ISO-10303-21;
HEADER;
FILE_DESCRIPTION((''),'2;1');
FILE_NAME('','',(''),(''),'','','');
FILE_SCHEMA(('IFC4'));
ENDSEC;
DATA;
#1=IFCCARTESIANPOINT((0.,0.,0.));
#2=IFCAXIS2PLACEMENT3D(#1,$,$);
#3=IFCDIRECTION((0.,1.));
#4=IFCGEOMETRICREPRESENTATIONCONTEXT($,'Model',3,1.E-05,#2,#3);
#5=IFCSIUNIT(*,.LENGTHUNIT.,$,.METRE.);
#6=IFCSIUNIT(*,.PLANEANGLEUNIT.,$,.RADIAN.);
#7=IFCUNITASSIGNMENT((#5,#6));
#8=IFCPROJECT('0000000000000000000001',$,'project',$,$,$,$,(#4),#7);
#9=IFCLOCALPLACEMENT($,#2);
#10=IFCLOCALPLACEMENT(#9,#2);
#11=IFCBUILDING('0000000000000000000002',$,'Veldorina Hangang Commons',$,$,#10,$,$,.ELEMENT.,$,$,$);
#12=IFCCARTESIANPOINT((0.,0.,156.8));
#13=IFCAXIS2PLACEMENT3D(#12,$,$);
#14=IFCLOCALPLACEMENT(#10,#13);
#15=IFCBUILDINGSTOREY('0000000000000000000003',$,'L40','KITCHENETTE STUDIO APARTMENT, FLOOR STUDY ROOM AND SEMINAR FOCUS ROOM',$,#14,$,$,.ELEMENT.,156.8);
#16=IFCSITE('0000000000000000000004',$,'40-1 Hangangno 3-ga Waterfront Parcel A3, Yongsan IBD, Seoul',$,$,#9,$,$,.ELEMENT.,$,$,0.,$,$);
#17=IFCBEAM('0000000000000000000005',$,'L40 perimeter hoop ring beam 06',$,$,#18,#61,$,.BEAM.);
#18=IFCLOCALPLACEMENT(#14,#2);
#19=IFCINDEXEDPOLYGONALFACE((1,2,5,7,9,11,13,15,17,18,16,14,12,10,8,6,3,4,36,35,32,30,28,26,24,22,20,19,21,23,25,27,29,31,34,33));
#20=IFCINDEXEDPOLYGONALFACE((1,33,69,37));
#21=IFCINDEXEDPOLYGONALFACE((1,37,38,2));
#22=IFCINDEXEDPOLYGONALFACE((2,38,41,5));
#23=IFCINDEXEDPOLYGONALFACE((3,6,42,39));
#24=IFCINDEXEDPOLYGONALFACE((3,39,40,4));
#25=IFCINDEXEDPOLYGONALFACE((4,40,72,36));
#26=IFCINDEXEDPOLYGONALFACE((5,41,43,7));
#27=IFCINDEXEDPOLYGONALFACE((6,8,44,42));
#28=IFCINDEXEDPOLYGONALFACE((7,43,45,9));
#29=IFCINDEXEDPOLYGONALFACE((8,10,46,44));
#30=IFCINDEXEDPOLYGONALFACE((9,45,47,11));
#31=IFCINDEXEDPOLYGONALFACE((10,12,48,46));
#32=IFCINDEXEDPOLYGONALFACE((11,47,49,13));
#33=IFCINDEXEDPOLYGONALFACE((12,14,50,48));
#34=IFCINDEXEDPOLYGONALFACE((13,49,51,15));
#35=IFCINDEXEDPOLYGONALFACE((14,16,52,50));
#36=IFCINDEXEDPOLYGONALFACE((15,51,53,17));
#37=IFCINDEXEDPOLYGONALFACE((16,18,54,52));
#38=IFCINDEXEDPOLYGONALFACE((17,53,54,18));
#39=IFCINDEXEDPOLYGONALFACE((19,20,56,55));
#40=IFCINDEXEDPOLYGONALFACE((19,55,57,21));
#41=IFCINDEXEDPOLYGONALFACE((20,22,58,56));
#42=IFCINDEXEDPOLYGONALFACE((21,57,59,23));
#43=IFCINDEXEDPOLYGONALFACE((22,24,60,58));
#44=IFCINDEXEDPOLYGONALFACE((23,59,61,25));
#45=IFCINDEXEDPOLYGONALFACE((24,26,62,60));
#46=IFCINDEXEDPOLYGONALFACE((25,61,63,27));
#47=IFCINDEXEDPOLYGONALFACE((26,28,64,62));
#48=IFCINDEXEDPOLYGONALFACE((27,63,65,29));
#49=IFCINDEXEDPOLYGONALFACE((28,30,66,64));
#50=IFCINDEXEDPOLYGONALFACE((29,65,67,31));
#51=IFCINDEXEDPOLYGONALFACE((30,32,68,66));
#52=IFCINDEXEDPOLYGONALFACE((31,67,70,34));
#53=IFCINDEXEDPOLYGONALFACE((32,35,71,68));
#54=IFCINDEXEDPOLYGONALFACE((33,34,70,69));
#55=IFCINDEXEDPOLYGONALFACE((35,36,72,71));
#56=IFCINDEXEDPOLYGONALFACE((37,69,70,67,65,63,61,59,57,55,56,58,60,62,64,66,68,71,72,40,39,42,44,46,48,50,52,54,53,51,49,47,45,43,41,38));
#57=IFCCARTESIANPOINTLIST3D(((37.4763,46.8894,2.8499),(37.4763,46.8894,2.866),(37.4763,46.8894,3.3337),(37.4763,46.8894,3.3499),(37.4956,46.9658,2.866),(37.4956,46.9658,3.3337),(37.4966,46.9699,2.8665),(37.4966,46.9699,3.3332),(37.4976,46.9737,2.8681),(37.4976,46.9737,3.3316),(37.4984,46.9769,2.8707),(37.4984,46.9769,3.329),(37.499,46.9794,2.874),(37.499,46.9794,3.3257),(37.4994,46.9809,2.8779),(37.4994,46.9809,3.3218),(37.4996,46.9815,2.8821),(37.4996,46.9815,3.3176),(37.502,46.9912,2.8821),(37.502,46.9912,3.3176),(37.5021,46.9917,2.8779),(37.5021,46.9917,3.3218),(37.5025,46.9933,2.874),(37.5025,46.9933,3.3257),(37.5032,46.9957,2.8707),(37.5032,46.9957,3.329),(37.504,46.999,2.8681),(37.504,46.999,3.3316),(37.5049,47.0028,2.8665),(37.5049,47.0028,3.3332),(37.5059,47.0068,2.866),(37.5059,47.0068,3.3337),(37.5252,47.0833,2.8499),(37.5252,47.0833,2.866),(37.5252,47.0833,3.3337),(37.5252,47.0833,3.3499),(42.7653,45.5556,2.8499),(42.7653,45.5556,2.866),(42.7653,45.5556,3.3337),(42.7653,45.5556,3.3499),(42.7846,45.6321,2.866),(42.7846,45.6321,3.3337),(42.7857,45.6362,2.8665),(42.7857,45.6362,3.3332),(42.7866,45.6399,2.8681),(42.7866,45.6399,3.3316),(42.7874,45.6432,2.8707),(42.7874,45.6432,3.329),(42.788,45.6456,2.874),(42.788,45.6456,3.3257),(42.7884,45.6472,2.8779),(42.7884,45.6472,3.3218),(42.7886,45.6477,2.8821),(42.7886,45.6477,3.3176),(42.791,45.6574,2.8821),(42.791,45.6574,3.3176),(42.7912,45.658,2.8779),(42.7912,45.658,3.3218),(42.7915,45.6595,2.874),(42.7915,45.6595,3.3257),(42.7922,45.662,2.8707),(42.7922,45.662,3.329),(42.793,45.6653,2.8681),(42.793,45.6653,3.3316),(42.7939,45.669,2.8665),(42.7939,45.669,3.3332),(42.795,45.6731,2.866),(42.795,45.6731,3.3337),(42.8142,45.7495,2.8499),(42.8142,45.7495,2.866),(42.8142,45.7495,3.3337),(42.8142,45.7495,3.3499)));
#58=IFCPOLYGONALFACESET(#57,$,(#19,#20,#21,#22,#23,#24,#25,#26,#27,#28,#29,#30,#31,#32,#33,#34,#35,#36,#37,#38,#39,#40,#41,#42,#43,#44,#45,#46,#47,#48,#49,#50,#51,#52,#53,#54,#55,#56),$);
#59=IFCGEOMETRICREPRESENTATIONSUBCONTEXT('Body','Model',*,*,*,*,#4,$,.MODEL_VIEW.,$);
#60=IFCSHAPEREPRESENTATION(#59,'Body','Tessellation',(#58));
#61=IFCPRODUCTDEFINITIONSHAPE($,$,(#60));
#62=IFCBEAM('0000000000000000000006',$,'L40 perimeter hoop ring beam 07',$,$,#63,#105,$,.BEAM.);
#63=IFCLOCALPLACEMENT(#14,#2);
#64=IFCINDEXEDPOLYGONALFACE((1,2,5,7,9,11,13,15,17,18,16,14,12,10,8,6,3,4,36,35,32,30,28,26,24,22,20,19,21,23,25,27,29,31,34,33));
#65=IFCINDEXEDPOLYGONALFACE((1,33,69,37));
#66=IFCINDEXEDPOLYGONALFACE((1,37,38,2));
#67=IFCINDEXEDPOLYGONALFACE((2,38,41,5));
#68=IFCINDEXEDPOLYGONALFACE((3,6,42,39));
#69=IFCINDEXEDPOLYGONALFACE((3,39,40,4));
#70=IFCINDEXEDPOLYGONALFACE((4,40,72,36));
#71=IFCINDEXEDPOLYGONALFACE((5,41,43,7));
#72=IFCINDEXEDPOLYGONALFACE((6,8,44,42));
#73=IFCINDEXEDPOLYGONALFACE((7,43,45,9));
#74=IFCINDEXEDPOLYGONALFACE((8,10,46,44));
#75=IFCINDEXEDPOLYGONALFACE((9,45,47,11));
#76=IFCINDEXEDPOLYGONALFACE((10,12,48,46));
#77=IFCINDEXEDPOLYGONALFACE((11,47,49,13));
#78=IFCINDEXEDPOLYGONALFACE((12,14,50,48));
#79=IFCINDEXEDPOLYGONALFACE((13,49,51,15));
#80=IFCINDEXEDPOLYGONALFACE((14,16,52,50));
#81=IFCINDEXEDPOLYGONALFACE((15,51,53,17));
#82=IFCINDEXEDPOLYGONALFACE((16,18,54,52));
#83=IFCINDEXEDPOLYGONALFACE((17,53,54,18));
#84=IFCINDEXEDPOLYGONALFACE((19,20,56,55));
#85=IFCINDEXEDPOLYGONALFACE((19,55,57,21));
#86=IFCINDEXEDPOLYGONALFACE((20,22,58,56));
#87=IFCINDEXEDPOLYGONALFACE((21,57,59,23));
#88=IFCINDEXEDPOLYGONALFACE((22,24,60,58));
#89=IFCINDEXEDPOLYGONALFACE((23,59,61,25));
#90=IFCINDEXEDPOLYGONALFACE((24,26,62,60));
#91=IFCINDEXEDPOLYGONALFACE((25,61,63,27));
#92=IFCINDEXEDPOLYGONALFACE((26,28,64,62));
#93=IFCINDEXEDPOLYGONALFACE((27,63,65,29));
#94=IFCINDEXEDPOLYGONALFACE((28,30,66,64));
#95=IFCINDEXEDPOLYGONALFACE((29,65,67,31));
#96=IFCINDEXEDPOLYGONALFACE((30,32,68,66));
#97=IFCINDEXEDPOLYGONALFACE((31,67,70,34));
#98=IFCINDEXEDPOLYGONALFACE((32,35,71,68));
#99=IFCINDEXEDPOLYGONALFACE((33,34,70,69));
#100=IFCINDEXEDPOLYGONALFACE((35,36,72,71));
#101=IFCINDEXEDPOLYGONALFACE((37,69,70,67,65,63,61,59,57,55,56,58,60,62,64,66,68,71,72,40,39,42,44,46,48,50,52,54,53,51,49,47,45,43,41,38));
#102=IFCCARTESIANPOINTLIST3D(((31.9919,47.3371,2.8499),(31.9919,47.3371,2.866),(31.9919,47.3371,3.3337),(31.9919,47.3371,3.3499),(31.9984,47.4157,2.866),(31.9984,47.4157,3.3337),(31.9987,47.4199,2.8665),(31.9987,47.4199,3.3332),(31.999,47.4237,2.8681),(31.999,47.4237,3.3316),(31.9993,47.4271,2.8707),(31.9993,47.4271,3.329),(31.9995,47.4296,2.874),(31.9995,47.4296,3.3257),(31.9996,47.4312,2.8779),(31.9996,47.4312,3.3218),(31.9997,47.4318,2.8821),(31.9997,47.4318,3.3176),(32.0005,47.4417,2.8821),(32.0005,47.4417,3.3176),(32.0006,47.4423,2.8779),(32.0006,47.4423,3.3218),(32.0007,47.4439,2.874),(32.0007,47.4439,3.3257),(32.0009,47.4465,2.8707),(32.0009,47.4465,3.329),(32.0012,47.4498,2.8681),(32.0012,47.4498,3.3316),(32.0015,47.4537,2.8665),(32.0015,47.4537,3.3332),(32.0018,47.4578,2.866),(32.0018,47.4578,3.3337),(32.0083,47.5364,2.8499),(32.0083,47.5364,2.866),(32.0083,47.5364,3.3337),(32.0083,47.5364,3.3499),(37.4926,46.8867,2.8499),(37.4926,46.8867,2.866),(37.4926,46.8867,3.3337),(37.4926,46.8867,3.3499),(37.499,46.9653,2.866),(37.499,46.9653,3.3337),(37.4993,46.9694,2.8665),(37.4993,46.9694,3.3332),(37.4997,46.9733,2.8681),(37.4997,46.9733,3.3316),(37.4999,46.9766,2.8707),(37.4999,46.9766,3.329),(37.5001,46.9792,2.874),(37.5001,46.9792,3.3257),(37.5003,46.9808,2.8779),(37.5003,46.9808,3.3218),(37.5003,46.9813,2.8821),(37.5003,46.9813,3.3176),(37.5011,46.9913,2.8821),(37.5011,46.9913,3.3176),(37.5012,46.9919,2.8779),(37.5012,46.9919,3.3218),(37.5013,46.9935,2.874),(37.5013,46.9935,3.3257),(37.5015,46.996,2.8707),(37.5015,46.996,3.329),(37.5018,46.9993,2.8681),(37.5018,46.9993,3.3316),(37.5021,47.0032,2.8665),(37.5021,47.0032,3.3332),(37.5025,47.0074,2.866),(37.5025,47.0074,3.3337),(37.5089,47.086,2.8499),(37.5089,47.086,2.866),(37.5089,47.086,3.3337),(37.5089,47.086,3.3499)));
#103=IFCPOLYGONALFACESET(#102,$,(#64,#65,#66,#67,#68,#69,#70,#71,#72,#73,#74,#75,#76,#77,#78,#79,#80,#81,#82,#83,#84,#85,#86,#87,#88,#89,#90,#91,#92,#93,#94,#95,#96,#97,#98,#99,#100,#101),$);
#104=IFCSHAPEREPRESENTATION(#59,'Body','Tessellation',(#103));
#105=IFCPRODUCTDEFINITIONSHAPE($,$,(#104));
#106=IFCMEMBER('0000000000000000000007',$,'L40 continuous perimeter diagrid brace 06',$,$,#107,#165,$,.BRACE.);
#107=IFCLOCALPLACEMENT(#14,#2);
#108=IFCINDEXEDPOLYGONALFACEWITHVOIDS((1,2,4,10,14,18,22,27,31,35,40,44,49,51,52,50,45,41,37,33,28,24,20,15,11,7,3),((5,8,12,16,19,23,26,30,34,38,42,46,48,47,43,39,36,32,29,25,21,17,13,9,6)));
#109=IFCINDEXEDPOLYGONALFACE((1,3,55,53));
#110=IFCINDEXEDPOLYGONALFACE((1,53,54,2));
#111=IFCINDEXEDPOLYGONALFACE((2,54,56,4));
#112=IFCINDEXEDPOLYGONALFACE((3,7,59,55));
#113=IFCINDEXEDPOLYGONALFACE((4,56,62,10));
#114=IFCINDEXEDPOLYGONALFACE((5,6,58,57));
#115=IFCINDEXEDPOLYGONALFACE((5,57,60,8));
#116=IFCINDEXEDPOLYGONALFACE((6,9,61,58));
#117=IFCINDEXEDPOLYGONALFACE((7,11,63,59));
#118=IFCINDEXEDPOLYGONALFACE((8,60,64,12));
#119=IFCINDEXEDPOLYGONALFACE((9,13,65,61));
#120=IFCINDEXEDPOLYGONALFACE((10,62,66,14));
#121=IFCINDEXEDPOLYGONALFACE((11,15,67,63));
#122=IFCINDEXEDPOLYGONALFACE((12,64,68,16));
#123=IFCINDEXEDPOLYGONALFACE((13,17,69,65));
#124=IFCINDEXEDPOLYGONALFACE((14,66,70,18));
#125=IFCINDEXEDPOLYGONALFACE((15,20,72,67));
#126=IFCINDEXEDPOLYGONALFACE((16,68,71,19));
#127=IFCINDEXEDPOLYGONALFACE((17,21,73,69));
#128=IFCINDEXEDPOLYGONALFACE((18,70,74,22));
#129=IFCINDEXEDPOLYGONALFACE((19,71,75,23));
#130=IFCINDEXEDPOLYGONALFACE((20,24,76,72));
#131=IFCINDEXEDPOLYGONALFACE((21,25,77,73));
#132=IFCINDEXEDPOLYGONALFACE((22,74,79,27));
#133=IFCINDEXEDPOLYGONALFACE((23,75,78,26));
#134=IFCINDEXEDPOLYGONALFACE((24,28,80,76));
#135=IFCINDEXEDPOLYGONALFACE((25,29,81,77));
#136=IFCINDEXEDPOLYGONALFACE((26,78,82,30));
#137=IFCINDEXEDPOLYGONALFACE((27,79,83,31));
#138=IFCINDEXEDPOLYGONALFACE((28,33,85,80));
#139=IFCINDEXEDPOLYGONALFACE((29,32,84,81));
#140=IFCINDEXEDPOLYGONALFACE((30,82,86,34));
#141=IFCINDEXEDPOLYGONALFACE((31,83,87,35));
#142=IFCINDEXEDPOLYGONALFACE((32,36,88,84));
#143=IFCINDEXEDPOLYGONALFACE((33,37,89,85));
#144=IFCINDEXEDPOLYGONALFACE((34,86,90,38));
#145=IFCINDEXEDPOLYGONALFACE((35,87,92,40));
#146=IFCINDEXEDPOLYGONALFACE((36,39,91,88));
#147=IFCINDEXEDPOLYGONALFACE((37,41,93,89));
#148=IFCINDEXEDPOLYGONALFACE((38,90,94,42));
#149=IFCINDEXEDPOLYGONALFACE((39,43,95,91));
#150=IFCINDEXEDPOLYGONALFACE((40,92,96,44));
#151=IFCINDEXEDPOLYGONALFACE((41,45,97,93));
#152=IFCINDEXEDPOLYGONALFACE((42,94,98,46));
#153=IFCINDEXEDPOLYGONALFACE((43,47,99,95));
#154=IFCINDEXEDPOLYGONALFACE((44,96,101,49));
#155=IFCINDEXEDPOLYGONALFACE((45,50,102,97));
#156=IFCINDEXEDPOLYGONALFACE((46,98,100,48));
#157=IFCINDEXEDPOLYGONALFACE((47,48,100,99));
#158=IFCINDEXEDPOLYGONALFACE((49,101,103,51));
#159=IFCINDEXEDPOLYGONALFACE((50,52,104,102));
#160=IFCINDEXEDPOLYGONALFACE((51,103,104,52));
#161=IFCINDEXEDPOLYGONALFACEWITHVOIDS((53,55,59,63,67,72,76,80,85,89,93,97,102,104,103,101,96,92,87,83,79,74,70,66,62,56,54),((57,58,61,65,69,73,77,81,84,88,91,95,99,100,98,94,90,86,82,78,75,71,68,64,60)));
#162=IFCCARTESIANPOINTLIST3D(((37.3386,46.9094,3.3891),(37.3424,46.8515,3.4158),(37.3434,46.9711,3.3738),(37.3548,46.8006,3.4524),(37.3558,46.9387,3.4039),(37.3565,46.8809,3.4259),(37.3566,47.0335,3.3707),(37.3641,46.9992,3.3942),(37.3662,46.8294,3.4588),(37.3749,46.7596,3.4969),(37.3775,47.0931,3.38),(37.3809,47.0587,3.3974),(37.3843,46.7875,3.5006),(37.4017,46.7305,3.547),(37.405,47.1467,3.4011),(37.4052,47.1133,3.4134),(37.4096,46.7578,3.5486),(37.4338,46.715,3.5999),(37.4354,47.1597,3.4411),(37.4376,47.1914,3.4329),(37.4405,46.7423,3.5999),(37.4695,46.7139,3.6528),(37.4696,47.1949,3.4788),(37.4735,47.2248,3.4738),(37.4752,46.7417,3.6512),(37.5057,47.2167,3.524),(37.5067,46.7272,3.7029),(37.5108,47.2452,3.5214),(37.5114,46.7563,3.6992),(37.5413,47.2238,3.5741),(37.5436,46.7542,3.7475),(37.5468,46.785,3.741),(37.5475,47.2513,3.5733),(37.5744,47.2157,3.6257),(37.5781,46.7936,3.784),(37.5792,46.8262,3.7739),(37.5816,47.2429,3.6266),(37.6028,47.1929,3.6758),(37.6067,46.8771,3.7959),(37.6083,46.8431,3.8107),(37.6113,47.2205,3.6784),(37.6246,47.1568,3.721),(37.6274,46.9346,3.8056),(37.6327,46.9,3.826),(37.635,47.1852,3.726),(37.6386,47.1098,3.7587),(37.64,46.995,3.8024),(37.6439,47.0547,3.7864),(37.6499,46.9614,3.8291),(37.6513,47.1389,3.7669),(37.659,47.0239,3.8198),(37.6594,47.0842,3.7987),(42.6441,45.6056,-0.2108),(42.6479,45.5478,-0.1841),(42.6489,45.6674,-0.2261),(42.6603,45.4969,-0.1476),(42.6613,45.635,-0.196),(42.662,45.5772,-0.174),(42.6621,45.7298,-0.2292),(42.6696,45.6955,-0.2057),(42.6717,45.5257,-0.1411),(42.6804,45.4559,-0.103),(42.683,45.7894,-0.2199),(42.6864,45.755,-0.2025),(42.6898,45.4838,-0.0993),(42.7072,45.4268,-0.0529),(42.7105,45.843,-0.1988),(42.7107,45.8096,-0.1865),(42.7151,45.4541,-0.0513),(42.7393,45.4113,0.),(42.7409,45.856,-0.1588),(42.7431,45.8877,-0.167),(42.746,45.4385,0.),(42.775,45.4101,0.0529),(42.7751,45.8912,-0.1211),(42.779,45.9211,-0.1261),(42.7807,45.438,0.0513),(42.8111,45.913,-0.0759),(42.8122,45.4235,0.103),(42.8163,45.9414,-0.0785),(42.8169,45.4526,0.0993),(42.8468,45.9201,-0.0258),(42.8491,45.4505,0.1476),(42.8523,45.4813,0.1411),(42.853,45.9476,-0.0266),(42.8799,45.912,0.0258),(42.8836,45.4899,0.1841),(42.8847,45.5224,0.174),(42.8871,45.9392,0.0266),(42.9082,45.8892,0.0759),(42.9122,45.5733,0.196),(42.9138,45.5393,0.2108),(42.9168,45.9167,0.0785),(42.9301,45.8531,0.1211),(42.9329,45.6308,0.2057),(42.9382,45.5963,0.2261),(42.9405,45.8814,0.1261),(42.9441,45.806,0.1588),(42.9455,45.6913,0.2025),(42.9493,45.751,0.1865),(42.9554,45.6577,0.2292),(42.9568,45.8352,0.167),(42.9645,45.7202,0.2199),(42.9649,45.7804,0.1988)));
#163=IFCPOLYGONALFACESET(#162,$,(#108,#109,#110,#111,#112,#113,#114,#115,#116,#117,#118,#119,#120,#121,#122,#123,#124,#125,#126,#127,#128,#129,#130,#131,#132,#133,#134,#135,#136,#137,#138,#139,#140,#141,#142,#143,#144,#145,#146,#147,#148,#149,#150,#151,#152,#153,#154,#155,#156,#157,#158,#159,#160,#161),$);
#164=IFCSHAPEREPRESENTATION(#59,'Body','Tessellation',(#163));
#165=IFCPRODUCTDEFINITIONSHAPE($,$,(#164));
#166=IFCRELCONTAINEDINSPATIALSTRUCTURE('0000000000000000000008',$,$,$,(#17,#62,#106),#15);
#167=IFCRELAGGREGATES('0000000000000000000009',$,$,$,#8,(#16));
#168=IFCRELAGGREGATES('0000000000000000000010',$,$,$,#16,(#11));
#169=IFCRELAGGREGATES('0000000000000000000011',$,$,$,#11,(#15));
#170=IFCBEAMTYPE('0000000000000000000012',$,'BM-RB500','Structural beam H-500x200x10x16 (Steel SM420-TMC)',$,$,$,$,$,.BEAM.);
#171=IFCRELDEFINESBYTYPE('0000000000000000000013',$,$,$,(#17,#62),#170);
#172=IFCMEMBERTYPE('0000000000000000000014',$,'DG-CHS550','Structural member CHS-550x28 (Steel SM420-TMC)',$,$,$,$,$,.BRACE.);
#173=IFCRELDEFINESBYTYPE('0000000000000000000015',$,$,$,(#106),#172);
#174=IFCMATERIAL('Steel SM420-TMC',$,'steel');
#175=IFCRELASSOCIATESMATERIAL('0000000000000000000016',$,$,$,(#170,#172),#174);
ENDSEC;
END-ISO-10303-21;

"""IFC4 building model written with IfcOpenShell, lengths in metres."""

from ifc_helpers import new_model, si_unit, direction, frame, origin, origin_2d, place, context, subcontext, project, spatial, hollow_circle, i_section, extrude, material, material_profile, profile_set, type_object, element, save


model = new_model("IFC4")

# Units and contexts
model_context = context("Model", 3, precision=1e-05, world=origin(), true_north=direction((0.0, 1.0)))
body_context = subcontext(model_context, "Body", "Model", "MODEL_VIEW")
ifc_project = project(units=[si_unit("LENGTHUNIT", "METRE"), si_unit("PLANEANGLEUNIT", "RADIAN")], contexts=[model_context])

# Site, building, storey
site_placement = place(None, origin())
site = spatial("IfcSite", under=ifc_project, at=site_placement, Name="40-1 Hangangno 3-ga Waterfront Parcel A3, Yongsan IBD, Seoul", CompositionType="ELEMENT", RefElevation=0.0)
building_placement = place(site_placement, origin())
building = spatial("IfcBuilding", under=site, at=building_placement, Name="Veldorina Hangang Commons", CompositionType="ELEMENT")
storey_placement = place(building_placement, frame((0.0, 0.0, 156.8)))
storey = spatial("IfcBuildingStorey", under=building, at=storey_placement, Name="L40", Description="KITCHENETTE STUDIO APARTMENT, FLOOR STUDY ROOM AND SEMINAR FOCUS ROOM", CompositionType="ELEMENT", Elevation=156.8)

# Beams
ifc_material_1 = material(Name="Steel SM420-TMC", Category="steel")
ifc_material_profile_1 = material_profile(ifc_material_1, i_section(OverallWidth=0.2, OverallDepth=0.5, WebThickness=0.01, FlangeThickness=0.0161, FilletRadius=0.0161, at=origin_2d()), Name="H-500x200x10x16")
ifc_profile_set_1 = profile_set([ifc_material_profile_1], Name="Steel SM420-TMC")
beam_type = type_object("IfcBeamType", Name="BM-RB500", Description="Structural beam H-500x200x10x16 (Steel SM420-TMC)", PredefinedType="BEAM", material=ifc_profile_set_1)
beam_1_placement = place(storey_placement, frame((42.7898, 45.6526, 3.0999), z_axis=(-0.969646, 0.244515, 0.0), x_axis=(-0.244515, -0.969646, 0.0)))
element("IfcBeam", 1, at=beam_1_placement, inside=storey, type_object=beam_type, Name="L40 perimeter hoop ring beam 06", PredefinedType="BEAM", context=body_context, shape_type="SweptSolid", body=[
    extrude(i_section(OverallWidth=0.2, OverallDepth=0.5, WebThickness=0.01, FlangeThickness=0.0161, FilletRadius=0.0161, at=origin_2d()), origin(), (0.0, 0.0, 1.0), 5.4546),
])
beam_2_placement = place(storey_placement, frame((37.5007, 46.9863, 3.0999), z_axis=(-0.996664, 0.081614, 0.0), x_axis=(-0.081614, -0.996664, 0.0)))
element("IfcBeam", 2, at=beam_2_placement, inside=storey, type_object=beam_type, Name="L40 perimeter hoop ring beam 07", PredefinedType="BEAM", context=body_context, shape_type="SweptSolid", body=[
    extrude(i_section(OverallWidth=0.2, OverallDepth=0.5, WebThickness=0.01, FlangeThickness=0.0161, FilletRadius=0.0161, at=origin_2d()), origin(), (0.0, 0.0, 1.0), 5.519),
])

# Member
ifc_material_profile_2 = material_profile(ifc_material_1, hollow_circle(Radius=0.2749, WallThickness=0.0281, at=origin_2d()), Name="CHS-550x28")
ifc_profile_set_2 = profile_set([ifc_material_profile_2], Name="Steel SM420-TMC")
member_type = type_object("IfcMemberType", Name="DG-CHS550", Description="Structural member CHS-550x28 (Steel SM420-TMC)", PredefinedType="BRACE", material=ifc_profile_set_2)
member_1_placement = place(storey_placement, frame((42.8049, 45.6782, 0.0), z_axis=(-0.810899, 0.199264, 0.550215), x_axis=(-0.238633, -0.97111, 0.0)))
element("IfcMember", 3, at=member_1_placement, inside=storey, type_object=member_type, Name="L40 continuous perimeter diagrid brace 06", PredefinedType="BRACE", context=body_context, shape_type="SweptSolid", body=[
    extrude(hollow_circle(Radius=0.2749, WallThickness=0.0281, at=origin_2d()), origin(), (0.0, 0.0, 1.0), 6.5427),
])

save(model, "model.ifc")
